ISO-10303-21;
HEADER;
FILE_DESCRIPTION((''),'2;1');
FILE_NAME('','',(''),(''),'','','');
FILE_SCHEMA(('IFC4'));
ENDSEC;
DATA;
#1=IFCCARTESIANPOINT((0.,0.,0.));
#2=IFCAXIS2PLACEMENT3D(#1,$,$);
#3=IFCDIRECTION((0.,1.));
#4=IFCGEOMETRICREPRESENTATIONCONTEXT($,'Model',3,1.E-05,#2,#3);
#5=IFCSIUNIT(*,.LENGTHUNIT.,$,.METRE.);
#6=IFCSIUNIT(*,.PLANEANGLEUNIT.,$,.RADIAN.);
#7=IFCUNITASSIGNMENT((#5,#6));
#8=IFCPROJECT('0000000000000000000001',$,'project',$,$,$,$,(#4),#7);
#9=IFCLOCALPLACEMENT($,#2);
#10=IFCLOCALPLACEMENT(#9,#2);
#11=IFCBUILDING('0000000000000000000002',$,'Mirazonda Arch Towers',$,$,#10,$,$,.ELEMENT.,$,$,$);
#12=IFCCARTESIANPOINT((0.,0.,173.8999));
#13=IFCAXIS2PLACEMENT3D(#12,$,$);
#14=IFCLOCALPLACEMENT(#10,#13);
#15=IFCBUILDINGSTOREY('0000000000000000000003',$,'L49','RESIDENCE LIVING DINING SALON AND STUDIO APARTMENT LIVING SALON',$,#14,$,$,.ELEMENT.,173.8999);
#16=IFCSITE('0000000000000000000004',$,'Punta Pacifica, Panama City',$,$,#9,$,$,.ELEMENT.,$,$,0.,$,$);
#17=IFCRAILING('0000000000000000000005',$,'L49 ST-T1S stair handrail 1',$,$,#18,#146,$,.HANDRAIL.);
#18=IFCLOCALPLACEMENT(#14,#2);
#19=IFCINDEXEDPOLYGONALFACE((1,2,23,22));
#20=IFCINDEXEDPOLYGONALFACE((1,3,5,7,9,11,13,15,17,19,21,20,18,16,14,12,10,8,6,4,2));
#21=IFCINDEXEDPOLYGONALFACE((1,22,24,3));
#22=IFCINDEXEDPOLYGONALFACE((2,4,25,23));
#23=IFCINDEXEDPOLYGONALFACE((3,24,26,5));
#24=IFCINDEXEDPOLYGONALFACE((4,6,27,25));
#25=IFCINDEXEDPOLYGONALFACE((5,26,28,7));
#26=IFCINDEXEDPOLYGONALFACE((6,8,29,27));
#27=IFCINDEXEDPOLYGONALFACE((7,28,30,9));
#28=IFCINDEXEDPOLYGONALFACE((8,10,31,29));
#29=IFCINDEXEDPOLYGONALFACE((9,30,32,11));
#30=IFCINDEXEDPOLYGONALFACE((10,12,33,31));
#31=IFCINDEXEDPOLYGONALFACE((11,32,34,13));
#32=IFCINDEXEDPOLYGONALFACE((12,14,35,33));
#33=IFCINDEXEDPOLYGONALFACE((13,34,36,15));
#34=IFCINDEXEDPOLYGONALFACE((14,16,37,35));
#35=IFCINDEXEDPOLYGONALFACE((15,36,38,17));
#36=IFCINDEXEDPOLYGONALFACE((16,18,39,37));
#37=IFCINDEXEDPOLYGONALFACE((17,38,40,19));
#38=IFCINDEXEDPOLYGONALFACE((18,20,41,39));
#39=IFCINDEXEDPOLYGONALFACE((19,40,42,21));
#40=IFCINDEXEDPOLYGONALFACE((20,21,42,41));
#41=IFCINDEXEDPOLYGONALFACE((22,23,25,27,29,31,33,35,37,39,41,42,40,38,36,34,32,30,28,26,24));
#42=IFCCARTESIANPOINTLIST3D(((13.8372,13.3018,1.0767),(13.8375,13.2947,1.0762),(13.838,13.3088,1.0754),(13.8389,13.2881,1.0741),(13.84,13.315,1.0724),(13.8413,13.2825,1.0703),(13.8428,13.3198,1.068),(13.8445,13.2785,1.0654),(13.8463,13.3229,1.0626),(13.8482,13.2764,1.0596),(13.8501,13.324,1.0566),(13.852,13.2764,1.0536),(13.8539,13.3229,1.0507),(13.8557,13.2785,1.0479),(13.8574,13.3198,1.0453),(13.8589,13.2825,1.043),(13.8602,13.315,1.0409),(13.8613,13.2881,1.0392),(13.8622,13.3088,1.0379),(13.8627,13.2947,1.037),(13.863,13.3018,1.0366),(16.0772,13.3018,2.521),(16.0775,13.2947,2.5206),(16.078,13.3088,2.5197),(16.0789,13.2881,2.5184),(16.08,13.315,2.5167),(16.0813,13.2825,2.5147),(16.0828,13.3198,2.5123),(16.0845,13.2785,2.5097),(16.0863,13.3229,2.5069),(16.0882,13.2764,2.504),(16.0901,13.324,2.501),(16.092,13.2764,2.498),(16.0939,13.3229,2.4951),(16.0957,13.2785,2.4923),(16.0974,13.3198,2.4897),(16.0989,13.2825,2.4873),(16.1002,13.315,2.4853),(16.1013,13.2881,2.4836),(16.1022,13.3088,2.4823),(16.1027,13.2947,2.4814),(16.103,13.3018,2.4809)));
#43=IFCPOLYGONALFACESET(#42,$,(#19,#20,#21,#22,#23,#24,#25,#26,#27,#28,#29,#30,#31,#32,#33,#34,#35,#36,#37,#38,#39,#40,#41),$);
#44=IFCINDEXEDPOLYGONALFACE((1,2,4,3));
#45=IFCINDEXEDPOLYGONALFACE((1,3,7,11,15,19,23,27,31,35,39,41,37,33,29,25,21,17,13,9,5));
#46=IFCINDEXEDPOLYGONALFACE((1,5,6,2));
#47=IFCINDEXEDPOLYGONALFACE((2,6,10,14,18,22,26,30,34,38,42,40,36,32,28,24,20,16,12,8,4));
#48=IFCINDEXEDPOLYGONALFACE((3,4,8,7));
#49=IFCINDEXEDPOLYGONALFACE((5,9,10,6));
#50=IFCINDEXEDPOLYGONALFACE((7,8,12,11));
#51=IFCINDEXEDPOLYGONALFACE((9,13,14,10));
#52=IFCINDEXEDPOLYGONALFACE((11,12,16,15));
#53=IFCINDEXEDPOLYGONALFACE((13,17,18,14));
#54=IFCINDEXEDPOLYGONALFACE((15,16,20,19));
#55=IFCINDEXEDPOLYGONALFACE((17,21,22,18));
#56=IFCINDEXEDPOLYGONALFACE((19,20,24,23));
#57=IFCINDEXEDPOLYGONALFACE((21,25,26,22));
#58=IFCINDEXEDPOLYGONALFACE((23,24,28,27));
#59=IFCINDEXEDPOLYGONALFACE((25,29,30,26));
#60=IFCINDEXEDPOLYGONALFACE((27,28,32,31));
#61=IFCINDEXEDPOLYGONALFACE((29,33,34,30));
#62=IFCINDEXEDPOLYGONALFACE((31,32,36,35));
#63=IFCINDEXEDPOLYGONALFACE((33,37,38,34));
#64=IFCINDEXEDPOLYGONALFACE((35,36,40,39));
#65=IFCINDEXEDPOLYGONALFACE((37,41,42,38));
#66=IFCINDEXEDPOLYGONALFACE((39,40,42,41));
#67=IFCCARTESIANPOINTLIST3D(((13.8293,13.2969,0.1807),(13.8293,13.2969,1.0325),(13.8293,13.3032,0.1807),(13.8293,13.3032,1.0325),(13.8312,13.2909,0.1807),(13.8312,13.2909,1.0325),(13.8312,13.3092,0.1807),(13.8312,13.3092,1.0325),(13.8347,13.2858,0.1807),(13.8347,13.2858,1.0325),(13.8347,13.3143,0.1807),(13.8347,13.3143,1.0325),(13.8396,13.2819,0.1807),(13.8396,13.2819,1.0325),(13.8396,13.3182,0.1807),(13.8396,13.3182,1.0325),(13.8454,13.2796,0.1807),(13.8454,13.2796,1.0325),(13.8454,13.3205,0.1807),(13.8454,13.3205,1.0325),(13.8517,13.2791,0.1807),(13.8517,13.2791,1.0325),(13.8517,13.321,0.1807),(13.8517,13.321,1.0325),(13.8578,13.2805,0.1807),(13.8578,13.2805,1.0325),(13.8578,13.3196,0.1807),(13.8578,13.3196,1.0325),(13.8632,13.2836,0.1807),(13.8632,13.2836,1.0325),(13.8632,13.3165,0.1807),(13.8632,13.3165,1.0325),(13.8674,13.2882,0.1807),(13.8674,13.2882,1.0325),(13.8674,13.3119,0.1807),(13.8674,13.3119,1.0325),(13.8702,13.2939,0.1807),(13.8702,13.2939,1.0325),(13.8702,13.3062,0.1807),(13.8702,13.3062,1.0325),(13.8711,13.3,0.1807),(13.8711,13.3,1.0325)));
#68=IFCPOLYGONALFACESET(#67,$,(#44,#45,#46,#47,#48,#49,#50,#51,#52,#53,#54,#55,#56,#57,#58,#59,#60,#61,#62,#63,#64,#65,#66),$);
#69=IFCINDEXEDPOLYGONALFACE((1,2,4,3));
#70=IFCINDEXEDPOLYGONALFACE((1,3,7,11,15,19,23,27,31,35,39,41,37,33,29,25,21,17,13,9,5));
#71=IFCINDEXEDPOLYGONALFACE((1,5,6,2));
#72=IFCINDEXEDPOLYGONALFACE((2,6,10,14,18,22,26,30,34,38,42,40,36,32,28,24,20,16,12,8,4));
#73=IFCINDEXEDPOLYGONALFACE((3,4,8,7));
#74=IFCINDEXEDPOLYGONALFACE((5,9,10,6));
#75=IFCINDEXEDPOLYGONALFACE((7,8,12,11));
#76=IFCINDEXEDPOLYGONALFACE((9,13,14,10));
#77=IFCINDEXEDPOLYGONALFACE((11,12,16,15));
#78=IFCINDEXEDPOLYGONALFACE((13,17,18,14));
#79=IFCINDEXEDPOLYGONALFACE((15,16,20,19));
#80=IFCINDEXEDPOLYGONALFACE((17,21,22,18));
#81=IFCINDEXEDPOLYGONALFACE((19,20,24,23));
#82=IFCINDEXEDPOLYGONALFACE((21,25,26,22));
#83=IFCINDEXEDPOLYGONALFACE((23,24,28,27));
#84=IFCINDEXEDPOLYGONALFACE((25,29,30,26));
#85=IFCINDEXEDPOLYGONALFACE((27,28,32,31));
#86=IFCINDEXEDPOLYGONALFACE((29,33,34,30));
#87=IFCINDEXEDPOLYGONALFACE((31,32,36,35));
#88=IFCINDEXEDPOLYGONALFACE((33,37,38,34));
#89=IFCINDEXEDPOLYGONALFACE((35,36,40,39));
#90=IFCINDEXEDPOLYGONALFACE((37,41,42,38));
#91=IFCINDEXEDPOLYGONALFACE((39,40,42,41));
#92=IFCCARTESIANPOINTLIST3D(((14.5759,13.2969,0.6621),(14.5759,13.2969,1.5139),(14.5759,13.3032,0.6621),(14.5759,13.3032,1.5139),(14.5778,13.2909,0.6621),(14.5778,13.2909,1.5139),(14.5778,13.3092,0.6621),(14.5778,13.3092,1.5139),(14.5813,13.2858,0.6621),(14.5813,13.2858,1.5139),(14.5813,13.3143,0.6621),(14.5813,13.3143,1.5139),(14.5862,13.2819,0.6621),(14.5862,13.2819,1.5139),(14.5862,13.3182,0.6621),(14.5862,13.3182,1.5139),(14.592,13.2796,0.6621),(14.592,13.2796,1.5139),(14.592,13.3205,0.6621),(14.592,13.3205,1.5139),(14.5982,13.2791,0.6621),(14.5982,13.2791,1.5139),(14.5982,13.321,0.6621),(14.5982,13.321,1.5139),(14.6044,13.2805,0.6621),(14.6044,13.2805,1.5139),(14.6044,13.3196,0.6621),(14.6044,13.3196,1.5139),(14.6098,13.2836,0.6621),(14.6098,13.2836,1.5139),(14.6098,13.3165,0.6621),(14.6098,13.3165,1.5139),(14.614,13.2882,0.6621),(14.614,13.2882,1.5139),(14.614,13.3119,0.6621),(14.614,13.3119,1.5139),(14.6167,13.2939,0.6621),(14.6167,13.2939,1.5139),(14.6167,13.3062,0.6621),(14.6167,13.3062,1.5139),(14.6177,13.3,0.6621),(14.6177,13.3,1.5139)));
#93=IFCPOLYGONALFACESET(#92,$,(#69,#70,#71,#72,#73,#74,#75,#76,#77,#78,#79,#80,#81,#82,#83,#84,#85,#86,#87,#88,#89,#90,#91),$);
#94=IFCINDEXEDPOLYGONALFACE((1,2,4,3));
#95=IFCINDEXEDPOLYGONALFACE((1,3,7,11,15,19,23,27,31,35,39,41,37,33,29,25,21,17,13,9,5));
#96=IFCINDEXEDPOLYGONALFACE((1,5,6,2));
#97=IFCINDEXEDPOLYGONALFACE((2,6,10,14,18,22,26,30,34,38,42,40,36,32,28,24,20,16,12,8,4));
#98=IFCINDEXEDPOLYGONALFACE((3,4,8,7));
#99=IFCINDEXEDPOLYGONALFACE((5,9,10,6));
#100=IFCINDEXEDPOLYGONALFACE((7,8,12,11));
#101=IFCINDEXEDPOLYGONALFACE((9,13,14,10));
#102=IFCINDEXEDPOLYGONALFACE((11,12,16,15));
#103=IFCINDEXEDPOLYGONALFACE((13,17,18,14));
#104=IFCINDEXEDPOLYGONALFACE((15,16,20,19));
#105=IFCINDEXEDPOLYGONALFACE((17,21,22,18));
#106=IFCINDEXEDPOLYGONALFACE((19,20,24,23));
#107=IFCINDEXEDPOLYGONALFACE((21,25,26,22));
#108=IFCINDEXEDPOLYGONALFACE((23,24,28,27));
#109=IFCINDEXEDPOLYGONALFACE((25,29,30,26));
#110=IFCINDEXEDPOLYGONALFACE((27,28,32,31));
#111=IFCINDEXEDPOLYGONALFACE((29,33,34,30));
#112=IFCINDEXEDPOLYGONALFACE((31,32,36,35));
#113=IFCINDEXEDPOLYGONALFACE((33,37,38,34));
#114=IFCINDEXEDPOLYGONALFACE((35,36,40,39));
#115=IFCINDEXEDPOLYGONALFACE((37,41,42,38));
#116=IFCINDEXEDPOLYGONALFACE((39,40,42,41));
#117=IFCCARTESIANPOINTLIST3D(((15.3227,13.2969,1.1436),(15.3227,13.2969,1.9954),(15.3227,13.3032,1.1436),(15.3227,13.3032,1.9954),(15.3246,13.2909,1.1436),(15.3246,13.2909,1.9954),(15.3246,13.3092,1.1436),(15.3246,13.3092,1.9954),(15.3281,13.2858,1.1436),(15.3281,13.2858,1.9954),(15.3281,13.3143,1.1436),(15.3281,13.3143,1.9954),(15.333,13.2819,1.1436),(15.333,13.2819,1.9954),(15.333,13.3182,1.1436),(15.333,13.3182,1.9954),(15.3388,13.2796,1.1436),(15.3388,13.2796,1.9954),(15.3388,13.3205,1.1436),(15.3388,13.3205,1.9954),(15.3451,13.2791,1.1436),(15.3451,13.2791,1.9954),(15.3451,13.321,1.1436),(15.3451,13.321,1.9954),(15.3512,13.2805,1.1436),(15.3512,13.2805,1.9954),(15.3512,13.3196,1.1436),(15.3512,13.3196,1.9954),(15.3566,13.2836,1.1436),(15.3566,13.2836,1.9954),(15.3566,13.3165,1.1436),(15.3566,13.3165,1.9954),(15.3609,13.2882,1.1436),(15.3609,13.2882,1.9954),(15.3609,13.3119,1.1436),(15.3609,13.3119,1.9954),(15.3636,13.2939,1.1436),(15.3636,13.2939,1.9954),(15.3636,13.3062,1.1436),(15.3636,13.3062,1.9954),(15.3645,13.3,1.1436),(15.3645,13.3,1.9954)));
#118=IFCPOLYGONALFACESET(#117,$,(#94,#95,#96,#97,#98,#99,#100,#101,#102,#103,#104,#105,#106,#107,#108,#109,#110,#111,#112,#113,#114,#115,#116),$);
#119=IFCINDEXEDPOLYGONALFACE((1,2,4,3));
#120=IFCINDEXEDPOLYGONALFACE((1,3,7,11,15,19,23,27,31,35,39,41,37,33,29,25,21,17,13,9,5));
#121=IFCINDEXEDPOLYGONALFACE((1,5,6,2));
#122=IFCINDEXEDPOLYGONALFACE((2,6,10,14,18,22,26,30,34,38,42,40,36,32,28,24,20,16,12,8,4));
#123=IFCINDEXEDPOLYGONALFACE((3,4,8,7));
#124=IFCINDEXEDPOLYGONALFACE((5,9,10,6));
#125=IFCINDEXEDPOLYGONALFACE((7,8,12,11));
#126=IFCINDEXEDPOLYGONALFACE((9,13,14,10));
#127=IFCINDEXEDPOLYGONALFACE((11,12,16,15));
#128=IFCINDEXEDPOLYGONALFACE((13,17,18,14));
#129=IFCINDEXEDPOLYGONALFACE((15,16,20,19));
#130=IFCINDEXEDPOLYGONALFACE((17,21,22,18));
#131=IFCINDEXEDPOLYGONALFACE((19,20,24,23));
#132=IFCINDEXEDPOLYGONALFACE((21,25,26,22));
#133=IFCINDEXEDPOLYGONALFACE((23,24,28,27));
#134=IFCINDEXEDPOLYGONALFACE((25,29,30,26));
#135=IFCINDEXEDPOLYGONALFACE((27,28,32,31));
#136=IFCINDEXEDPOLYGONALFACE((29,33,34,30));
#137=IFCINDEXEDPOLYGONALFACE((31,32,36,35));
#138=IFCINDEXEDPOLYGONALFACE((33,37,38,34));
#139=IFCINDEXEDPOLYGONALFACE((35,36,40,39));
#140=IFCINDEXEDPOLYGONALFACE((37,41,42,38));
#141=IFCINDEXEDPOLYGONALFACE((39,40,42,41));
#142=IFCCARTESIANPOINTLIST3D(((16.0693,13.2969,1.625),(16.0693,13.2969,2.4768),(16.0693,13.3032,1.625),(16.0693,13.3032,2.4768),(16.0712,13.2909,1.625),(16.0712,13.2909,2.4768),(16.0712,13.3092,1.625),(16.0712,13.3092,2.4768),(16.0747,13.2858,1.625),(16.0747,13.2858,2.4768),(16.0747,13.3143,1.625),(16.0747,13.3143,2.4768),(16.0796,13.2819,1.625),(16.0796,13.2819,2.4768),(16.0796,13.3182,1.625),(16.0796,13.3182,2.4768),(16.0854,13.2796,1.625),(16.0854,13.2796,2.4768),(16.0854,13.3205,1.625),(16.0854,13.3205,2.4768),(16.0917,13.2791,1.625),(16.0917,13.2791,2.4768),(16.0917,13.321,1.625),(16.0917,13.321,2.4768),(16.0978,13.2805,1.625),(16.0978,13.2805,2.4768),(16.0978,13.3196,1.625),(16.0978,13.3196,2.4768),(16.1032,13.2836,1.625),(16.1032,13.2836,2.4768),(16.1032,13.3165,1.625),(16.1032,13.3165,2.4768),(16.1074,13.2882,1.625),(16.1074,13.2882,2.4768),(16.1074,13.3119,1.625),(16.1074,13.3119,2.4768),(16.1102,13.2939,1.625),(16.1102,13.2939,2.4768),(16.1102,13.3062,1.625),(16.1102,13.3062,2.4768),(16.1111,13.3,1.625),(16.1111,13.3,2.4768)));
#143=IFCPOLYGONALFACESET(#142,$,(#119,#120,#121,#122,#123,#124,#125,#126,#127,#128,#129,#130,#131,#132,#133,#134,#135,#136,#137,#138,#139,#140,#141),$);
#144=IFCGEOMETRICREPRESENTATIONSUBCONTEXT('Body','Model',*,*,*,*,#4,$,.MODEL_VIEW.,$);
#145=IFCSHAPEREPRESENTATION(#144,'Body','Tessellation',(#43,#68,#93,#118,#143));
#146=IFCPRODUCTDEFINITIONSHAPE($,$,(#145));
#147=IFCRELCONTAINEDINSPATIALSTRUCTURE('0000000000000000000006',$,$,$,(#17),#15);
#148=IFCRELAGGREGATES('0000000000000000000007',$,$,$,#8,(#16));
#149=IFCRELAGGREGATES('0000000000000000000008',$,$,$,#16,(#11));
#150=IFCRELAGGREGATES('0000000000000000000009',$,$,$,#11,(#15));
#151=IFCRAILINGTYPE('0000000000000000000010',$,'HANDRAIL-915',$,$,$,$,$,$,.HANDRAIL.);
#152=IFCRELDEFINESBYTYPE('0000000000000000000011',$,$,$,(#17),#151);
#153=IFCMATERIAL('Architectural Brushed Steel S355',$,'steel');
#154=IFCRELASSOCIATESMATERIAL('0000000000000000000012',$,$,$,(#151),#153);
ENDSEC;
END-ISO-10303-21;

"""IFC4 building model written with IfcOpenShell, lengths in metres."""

from ifc_helpers import new_model, si_unit, direction, frame, origin, origin_2d, place, context, subcontext, project, spatial, circle, extrude, material, type_object, element, save


model = new_model("IFC4")

# Units and contexts
model_context = context("Model", 3, precision=1e-05, world=origin(), true_north=direction((0.0, 1.0)))
body_context = subcontext(model_context, "Body", "Model", "MODEL_VIEW")
ifc_project = project(units=[si_unit("LENGTHUNIT", "METRE"), si_unit("PLANEANGLEUNIT", "RADIAN")], contexts=[model_context])

# Site, building, storey
site_placement = place(None, origin())
site = spatial("IfcSite", under=ifc_project, at=site_placement, Name="Punta Pacifica, Panama City", CompositionType="ELEMENT", RefElevation=0.0)
building_placement = place(site_placement, origin())
building = spatial("IfcBuilding", under=site, at=building_placement, Name="Mirazonda Arch Towers", CompositionType="ELEMENT")
storey_placement = place(building_placement, frame((0.0, 0.0, 173.8999)))
storey = spatial("IfcBuildingStorey", under=building, at=storey_placement, Name="L49", Description="RESIDENCE LIVING DINING SALON AND STUDIO APARTMENT LIVING SALON", CompositionType="ELEMENT", Elevation=173.8999)

# Shared definitions
ifc_material_1 = material(Name="Architectural Brushed Steel S355", Category="steel")

# Railing
railing_type_1 = type_object("IfcRailingType", Name="HANDRAIL-915", PredefinedType="HANDRAIL", material=ifc_material_1)
railing_1_placement = place(storey_placement, frame((13.8501, 13.3, 0.1807)))
element("IfcRailing", 1, at=railing_1_placement, inside=storey, type_object=railing_type_1, Name="L49 ST-T1S stair handrail 1", PredefinedType="HANDRAIL", context=body_context, shape_type="SweptSolid", body=[
    extrude(circle(Radius=0.0239, at=origin_2d()), frame((0.0, 0.0, 0.876), z_axis=(0.840437, 0.0, 0.54191), x_axis=(0.0, 1.0, 0.0)), (0.0, 0.0, 1.0), 2.6653),
    extrude(circle(Radius=0.021, at=origin_2d()), origin(), (0.0, 0.0, 1.0), 0.8518),
    extrude(circle(Radius=0.021, at=origin_2d()), frame((0.7466, 0.0, 0.4814)), (0.0, 0.0, 1.0), 0.8518),
    extrude(circle(Radius=0.021, at=origin_2d()), frame((1.4934, 0.0, 0.9629)), (0.0, 0.0, 1.0), 0.8518),
    extrude(circle(Radius=0.021, at=origin_2d()), frame((2.24, 0.0, 1.4443)), (0.0, 0.0, 1.0), 0.8518),
])

save(model, "model.ifc")
